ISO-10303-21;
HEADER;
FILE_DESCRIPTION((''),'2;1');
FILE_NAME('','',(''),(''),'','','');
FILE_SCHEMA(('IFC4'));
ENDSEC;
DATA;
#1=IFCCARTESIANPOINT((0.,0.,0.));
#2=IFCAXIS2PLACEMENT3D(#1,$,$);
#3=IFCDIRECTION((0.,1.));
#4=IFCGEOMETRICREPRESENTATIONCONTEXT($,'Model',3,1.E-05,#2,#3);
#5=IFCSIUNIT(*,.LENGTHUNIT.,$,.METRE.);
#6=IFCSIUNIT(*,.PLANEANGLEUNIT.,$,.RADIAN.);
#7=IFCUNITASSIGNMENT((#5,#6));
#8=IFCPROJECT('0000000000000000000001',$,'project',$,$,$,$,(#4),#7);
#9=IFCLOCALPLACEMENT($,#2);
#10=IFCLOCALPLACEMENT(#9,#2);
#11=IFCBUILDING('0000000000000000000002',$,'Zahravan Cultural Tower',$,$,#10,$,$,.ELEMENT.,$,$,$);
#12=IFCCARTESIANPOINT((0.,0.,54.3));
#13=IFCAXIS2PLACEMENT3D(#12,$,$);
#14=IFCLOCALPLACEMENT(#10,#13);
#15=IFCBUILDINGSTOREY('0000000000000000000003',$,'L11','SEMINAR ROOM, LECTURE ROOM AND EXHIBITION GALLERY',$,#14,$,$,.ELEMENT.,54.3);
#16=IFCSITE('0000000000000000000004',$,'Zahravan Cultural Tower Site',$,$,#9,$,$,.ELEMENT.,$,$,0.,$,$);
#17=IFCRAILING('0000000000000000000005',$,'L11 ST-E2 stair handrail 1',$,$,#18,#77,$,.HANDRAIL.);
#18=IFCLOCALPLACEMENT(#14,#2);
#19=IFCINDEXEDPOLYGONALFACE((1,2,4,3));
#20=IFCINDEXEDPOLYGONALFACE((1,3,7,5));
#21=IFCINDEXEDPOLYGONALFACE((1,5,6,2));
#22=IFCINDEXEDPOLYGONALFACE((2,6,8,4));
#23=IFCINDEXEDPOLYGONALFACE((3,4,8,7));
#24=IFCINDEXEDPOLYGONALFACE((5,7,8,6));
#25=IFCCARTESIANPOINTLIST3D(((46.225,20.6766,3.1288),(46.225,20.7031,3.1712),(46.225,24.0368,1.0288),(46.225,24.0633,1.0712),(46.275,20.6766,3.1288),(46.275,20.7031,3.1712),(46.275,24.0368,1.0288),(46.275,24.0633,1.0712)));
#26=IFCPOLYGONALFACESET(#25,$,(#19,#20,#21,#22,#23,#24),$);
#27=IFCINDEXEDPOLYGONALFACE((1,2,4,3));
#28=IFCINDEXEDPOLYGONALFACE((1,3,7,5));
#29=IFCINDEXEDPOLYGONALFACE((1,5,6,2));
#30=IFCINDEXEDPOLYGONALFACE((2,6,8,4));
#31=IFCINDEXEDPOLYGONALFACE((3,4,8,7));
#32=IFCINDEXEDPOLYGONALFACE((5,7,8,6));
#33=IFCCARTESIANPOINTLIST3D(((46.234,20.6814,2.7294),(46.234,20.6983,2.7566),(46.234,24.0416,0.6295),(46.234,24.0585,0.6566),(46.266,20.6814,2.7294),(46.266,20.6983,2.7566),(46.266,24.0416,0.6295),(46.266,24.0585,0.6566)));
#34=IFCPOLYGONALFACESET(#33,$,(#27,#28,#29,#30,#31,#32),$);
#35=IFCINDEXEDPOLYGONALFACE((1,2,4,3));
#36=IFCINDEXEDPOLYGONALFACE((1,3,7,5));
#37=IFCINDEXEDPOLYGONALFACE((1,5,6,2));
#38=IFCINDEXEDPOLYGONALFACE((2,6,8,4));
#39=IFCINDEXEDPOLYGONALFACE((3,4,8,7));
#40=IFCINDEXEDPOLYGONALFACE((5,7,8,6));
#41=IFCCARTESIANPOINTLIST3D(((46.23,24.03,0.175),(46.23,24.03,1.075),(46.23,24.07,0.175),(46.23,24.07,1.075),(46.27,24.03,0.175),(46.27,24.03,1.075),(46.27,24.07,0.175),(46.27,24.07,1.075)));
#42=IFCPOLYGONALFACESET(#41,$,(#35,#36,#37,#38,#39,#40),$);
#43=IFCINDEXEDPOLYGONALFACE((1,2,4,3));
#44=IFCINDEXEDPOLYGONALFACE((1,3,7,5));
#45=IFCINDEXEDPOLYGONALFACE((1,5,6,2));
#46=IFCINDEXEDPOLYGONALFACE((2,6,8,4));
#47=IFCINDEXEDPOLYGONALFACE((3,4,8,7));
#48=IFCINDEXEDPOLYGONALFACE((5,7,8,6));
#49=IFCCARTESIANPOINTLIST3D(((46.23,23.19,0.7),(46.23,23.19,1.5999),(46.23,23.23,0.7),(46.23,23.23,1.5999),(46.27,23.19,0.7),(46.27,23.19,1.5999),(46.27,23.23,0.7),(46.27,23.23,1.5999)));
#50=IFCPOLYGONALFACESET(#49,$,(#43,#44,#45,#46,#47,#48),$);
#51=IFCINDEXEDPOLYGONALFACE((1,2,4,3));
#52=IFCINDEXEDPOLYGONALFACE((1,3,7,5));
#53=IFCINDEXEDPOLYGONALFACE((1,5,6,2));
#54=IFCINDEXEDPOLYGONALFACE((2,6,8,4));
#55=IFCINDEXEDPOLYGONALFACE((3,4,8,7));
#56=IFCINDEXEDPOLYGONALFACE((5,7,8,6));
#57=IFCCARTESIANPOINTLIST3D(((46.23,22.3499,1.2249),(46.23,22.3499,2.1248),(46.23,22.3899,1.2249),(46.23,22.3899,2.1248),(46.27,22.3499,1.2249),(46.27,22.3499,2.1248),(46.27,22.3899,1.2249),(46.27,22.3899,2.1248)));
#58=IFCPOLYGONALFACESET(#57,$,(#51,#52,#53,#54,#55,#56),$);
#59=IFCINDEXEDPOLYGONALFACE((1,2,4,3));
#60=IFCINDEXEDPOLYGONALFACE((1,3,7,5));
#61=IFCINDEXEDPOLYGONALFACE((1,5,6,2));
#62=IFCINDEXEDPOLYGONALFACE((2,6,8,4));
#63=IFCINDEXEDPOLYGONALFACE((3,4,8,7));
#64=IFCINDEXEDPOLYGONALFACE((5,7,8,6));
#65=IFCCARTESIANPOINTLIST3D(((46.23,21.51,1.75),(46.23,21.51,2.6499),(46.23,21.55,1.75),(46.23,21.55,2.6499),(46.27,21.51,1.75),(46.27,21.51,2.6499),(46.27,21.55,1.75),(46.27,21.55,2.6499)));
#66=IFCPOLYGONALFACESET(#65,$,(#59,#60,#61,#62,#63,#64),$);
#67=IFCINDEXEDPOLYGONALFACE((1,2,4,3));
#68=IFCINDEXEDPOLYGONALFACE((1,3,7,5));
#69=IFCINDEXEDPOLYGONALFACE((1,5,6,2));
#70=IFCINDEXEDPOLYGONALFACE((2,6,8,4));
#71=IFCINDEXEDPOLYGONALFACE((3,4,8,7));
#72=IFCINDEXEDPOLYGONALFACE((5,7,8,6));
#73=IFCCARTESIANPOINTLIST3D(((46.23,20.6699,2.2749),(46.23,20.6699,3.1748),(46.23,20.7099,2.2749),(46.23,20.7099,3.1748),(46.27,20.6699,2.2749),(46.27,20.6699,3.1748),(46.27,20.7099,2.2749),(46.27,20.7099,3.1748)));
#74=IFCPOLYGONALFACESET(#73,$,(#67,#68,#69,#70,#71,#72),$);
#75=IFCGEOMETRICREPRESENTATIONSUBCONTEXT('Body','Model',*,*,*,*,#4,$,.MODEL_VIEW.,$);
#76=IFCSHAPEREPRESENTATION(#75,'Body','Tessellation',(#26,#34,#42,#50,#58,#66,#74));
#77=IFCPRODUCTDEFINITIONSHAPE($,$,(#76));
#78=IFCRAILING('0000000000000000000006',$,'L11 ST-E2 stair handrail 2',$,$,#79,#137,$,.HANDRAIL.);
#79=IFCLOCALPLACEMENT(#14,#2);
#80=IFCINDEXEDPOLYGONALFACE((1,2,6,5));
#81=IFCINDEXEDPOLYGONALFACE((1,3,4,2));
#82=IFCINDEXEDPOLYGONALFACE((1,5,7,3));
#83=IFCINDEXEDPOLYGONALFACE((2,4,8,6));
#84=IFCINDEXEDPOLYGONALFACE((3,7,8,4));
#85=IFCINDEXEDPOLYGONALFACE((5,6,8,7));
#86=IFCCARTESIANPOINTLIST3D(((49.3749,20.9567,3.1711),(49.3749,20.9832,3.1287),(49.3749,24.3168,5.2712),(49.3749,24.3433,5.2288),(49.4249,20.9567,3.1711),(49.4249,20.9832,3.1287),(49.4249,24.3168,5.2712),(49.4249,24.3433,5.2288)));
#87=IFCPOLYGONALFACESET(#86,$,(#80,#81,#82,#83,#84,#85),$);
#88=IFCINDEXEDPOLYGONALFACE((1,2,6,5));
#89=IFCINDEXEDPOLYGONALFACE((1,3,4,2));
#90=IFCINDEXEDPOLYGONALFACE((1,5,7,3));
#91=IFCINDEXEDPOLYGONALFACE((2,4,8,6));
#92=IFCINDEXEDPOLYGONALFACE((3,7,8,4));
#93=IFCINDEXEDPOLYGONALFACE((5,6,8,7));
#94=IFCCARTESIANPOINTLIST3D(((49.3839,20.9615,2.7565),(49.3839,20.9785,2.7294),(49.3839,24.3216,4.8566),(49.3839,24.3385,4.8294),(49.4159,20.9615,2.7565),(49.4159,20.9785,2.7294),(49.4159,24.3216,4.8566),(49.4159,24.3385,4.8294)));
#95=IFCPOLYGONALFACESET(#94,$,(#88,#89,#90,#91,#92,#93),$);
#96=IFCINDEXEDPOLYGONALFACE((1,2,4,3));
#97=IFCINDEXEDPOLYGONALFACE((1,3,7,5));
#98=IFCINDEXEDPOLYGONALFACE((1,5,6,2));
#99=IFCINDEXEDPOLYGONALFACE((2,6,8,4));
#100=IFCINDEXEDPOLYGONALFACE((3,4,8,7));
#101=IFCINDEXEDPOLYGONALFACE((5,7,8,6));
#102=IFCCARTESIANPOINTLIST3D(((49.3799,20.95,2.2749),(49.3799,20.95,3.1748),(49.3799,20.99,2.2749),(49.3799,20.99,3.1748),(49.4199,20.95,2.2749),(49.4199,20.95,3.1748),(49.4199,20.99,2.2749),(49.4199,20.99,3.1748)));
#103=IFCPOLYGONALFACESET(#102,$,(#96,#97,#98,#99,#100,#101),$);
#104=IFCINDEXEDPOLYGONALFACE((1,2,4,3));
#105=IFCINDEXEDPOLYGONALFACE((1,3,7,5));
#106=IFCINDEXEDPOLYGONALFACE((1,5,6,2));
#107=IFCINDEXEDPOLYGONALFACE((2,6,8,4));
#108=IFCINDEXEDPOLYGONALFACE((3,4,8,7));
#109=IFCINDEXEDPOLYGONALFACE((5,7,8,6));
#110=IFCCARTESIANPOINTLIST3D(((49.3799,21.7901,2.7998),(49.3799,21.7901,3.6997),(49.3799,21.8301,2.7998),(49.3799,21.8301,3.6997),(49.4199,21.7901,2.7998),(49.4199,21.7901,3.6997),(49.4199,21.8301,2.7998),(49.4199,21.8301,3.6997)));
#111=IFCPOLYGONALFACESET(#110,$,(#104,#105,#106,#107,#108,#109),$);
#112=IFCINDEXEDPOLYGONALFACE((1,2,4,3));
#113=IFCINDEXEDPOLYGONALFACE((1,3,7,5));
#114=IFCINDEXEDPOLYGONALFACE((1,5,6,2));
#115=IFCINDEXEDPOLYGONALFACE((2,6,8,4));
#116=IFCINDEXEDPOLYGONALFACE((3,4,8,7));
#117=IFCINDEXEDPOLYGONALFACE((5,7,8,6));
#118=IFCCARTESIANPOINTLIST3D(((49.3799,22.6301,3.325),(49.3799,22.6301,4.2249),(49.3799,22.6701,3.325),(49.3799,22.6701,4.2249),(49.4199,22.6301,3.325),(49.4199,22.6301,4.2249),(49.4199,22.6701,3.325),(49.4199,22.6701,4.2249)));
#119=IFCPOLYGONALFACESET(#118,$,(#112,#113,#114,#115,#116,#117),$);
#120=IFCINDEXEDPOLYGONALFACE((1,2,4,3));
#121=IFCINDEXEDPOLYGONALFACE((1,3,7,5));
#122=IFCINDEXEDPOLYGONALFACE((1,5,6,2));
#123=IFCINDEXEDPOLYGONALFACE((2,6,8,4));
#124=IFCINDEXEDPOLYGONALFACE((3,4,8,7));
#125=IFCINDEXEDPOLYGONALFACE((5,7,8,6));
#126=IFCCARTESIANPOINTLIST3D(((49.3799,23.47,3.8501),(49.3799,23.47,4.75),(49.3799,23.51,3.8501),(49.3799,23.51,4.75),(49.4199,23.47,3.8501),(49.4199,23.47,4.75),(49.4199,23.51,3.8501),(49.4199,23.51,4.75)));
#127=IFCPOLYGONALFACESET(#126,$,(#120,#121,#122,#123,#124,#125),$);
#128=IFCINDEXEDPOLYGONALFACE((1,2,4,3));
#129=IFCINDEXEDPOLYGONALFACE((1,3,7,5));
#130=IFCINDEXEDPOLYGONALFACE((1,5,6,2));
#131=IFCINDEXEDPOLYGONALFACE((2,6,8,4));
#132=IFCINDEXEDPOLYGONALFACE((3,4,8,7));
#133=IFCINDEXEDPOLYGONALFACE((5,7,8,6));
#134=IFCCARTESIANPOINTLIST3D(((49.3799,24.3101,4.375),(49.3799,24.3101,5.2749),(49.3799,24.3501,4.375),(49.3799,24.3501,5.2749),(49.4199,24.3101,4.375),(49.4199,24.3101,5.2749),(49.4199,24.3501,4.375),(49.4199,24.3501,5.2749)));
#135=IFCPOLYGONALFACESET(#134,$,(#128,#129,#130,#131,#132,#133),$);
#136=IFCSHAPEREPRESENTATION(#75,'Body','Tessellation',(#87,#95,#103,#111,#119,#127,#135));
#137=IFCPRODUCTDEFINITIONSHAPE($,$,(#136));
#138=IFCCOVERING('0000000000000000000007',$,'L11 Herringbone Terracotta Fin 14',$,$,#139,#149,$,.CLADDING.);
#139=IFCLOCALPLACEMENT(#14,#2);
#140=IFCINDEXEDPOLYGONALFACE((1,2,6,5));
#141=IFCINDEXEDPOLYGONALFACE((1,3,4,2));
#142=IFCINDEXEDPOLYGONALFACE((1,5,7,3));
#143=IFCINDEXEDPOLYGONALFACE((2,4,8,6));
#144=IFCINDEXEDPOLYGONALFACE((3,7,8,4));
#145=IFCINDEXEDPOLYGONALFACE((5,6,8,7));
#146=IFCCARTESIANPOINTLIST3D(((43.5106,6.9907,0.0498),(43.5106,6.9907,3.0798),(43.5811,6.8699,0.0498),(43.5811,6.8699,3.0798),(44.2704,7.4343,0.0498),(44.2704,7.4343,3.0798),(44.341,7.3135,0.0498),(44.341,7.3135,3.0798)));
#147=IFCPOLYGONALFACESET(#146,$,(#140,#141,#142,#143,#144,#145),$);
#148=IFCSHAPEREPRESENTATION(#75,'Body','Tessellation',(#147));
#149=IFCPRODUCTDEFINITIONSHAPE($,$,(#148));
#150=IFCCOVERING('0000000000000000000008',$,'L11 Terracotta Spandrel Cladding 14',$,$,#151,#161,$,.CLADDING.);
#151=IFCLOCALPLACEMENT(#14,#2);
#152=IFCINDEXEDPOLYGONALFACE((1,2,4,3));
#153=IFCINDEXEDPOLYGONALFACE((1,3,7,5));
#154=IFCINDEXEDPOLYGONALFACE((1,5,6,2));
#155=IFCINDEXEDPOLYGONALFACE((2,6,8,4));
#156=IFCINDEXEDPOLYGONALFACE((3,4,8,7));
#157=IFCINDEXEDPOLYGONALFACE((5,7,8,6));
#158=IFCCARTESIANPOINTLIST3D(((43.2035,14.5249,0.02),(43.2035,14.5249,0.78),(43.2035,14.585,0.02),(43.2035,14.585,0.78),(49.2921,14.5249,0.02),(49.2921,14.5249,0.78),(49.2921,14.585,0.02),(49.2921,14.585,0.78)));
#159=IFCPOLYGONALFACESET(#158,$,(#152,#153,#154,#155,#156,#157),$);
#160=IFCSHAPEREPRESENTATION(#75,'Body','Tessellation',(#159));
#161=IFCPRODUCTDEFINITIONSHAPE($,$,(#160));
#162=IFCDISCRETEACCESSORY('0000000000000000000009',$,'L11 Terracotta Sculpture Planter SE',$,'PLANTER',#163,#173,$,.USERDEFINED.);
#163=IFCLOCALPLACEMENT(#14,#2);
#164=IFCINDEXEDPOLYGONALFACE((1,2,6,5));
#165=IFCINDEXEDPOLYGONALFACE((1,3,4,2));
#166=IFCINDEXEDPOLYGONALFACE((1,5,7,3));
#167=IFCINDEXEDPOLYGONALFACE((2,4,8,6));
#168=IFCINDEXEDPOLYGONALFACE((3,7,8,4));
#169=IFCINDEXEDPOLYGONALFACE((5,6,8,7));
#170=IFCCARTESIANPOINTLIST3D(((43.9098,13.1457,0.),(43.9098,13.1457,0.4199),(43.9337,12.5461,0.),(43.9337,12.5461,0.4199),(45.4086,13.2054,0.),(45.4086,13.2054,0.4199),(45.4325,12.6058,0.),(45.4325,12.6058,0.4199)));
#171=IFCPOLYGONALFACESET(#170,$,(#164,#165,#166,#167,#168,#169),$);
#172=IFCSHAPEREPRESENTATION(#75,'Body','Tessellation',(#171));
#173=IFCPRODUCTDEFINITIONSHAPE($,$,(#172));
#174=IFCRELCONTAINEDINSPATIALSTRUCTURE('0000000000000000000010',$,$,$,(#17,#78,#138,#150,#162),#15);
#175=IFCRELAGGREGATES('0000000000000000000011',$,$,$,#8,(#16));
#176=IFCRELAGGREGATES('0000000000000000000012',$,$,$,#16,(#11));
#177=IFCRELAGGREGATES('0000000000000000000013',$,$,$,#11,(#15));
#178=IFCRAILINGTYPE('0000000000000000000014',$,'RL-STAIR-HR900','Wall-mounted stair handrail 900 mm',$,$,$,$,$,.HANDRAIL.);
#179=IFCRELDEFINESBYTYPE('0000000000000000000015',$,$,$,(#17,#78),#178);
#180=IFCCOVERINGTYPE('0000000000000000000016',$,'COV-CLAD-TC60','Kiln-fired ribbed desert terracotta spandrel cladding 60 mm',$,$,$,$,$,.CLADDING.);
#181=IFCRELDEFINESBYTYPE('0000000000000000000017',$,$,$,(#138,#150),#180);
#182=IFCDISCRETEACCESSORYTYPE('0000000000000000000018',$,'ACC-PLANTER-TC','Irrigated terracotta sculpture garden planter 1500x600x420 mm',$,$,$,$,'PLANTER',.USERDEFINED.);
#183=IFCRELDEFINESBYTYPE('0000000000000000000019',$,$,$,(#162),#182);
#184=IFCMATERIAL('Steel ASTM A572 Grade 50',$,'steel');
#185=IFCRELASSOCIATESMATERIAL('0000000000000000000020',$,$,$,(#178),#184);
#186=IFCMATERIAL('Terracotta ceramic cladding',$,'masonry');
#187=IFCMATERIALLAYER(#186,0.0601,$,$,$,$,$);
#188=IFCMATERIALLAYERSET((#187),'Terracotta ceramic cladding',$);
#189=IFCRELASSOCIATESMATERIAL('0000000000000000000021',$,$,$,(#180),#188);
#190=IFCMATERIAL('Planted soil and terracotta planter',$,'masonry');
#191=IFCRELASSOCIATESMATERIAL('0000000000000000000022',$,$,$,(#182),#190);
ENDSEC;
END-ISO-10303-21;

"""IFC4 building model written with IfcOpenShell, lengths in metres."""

from ifc_helpers import new_model, si_unit, direction, frame, origin, origin_2d, place, context, subcontext, project, spatial, rectangle, extrude, source, transform, mapped, material, layer, layer_set, type_object, element, save


model = new_model("IFC4")

# Units and contexts
model_context = context("Model", 3, precision=1e-05, world=origin(), true_north=direction((0.0, 1.0)))
body_context = subcontext(model_context, "Body", "Model", "MODEL_VIEW")
ifc_project = project(units=[si_unit("LENGTHUNIT", "METRE"), si_unit("PLANEANGLEUNIT", "RADIAN")], contexts=[model_context])

# Site, building, storey
site_placement = place(None, origin())
site = spatial("IfcSite", under=ifc_project, at=site_placement, Name="Zahravan Cultural Tower Site", CompositionType="ELEMENT", RefElevation=0.0)
building_placement = place(site_placement, origin())
building = spatial("IfcBuilding", under=site, at=building_placement, Name="Zahravan Cultural Tower", CompositionType="ELEMENT")
storey_placement = place(building_placement, frame((0.0, 0.0, 54.3)))
storey = spatial("IfcBuildingStorey", under=building, at=storey_placement, Name="L11", Description="SEMINAR ROOM, LECTURE ROOM AND EXHIBITION GALLERY", CompositionType="ELEMENT", Elevation=54.3)

# Shared definitions
ifc_material_1 = material(Name="Steel ASTM A572 Grade 50", Category="steel")

# Railings
railing_type_1 = type_object("IfcRailingType", Name="RL-STAIR-HR900", Description="Wall-mounted stair handrail 900 mm", PredefinedType="HANDRAIL", material=ifc_material_1)
railing_1_placement = place(storey_placement, frame((46.25, 24.05, 0.175)))
element("IfcRailing", 1, at=railing_1_placement, inside=storey, type_object=railing_type_1, Name="L11 ST-E2 stair handrail 1", PredefinedType="HANDRAIL", context=body_context, shape_type="SweptSolid", body=[
    extrude(rectangle(XDim=0.05, YDim=0.05, at=origin_2d()), frame((0.0, 0.0, 0.875), z_axis=(0.0, -0.848023, 0.52996), x_axis=(1.0, 0.0, 0.0)), (0.0, 0.0, 1.0), 3.9624),
    extrude(rectangle(XDim=0.032, YDim=0.032, at=origin_2d()), frame((0.0, 0.0, 0.468), z_axis=(0.0, -0.848023, 0.52996), x_axis=(1.0, 0.0, 0.0)), (0.0, 0.0, 1.0), 3.9624),
    extrude(rectangle(XDim=0.04, YDim=0.04, at=origin_2d()), origin(), (0.0, 0.0, 1.0), 0.8999),
    extrude(rectangle(XDim=0.04, YDim=0.04, at=origin_2d()), frame((0.0, -0.8401, 0.5249)), (0.0, 0.0, 1.0), 0.8999),
    extrude(rectangle(XDim=0.04, YDim=0.04, at=origin_2d()), frame((0.0, -1.6802, 1.0498)), (0.0, 0.0, 1.0), 0.8999),
    extrude(rectangle(XDim=0.04, YDim=0.04, at=origin_2d()), frame((0.0, -2.52, 1.575)), (0.0, 0.0, 1.0), 0.8999),
    extrude(rectangle(XDim=0.04, YDim=0.04, at=origin_2d()), frame((0.0, -3.3601, 2.0999)), (0.0, 0.0, 1.0), 0.8999),
])
railing_2_placement = place(storey_placement, frame((49.3999, 20.97, 2.2749)))
element("IfcRailing", 2, at=railing_2_placement, inside=storey, type_object=railing_type_1, Name="L11 ST-E2 stair handrail 2", PredefinedType="HANDRAIL", context=body_context, shape_type="SweptSolid", body=[
    extrude(rectangle(XDim=0.05, YDim=0.05, at=origin_2d()), frame((0.0, 0.0, 0.875), z_axis=(0.0, 0.847995, 0.530004), x_axis=(-1.0, 0.0, 0.0)), (0.0, 0.0, 1.0), 3.9624),
    extrude(rectangle(XDim=0.032, YDim=0.032, at=origin_2d()), frame((0.0, 0.0, 0.468), z_axis=(0.0, 0.847995, 0.530004), x_axis=(-1.0, 0.0, 0.0)), (0.0, 0.0, 1.0), 3.9624),
    extrude(rectangle(XDim=0.04, YDim=0.04, at=origin_2d()), origin(), (0.0, 0.0, 1.0), 0.8999),
    extrude(rectangle(XDim=0.04, YDim=0.04, at=origin_2d()), frame((0.0, 0.8401, 0.5249)), (0.0, 0.0, 1.0), 0.8999),
    extrude(rectangle(XDim=0.04, YDim=0.04, at=origin_2d()), frame((0.0, 1.6802, 1.05)), (0.0, 0.0, 1.0), 0.8999),
    extrude(rectangle(XDim=0.04, YDim=0.04, at=origin_2d()), frame((0.0, 2.52, 1.5752)), (0.0, 0.0, 1.0), 0.8999),
    extrude(rectangle(XDim=0.04, YDim=0.04, at=origin_2d()), frame((0.0, 3.3601, 2.1001)), (0.0, 0.0, 1.0), 0.8999),
])

# Coverings
ifc_material_2 = material(Name="Terracotta ceramic cladding", Category="masonry")
ifc_layer_1 = layer(ifc_material_2, 0.0601)
ifc_layer_set_1 = layer_set([ifc_layer_1], Name="Terracotta ceramic cladding")
covering_type = type_object("IfcCoveringType", Name="COV-CLAD-TC60", Description="Kiln-fired ribbed desert terracotta spandrel cladding 60 mm", PredefinedType="CLADDING", material=ifc_layer_set_1)
shared_shape_1 = source(origin(), body_context, "Body", "SweptSolid", [
    extrude(rectangle(XDim=0.8799, YDim=0.1399, at=origin_2d()), origin(), (0.0, 0.0, 1.0), 3.03),
])
covering_1_placement = place(storey_placement, frame((43.9258, 7.1521, 0.0498), z_axis=(0.0, 0.0, 1.0), x_axis=(0.863572, 0.504226, 0.0)))
element("IfcCovering", 3, at=covering_1_placement, inside=storey, type_object=covering_type, Name="L11 Herringbone Terracotta Fin 14", PredefinedType="CLADDING", context=body_context, shape_type="MappedRepresentation", body=[
    mapped(shared_shape_1, transform((0.0, 0.0, 0.0), x_axis=(1.0, 0.0, 0.0), y_axis=(0.0, 1.0, 0.0), z_axis=(0.0, 0.0, 1.0), scale=1.0)),
])
shared_shape_2 = source(origin(), body_context, "Body", "SweptSolid", [
    extrude(rectangle(XDim=6.0886, YDim=0.0601, at=origin_2d()), origin(), (0.0, 0.0, 1.0), 0.76),
])
covering_2_placement = place(storey_placement, frame((46.2478, 14.5549, 0.02), z_axis=(0.0, 0.0, 1.0), x_axis=(-1.0, 0.0, 0.0)))
element("IfcCovering", 4, at=covering_2_placement, inside=storey, type_object=covering_type, Name="L11 Terracotta Spandrel Cladding 14", PredefinedType="CLADDING", context=body_context, shape_type="MappedRepresentation", body=[
    mapped(shared_shape_2, transform((0.0, 0.0, 0.0), x_axis=(1.0, 0.0, 0.0), y_axis=(0.0, 1.0, 0.0), z_axis=(0.0, 0.0, 1.0), scale=1.0)),
])

# Discrete accessory
ifc_material_3 = material(Name="Planted soil and terracotta planter", Category="masonry")
discrete_accessory_type = type_object("IfcDiscreteAccessoryType", Name="ACC-PLANTER-TC", Description="Irrigated terracotta sculpture garden planter 1500x600x420 mm", ElementType="PLANTER", PredefinedType="USERDEFINED", material=ifc_material_3)
shared_shape_3 = source(origin(), body_context, "Body", "SweptSolid", [
    extrude(rectangle(XDim=1.5, YDim=0.6001, at=origin_2d()), origin(), (0.0, 0.0, 1.0), 0.4199),
])
discrete_accessory_placement = place(storey_placement, frame((44.6711, 12.8757, 0.0), z_axis=(0.0, 0.0, 1.0), x_axis=(0.999208, 0.039783, 0.0)))
element("IfcDiscreteAccessory", 5, at=discrete_accessory_placement, inside=storey, type_object=discrete_accessory_type, Name="L11 Terracotta Sculpture Planter SE", ObjectType="PLANTER", PredefinedType="USERDEFINED", context=body_context, shape_type="MappedRepresentation", body=[
    mapped(shared_shape_3, transform((0.0, 0.0, 0.0), x_axis=(1.0, 0.0, 0.0), y_axis=(0.0, 1.0, 0.0), z_axis=(0.0, 0.0, 1.0), scale=1.0)),
])

save(model, "model.ifc")
